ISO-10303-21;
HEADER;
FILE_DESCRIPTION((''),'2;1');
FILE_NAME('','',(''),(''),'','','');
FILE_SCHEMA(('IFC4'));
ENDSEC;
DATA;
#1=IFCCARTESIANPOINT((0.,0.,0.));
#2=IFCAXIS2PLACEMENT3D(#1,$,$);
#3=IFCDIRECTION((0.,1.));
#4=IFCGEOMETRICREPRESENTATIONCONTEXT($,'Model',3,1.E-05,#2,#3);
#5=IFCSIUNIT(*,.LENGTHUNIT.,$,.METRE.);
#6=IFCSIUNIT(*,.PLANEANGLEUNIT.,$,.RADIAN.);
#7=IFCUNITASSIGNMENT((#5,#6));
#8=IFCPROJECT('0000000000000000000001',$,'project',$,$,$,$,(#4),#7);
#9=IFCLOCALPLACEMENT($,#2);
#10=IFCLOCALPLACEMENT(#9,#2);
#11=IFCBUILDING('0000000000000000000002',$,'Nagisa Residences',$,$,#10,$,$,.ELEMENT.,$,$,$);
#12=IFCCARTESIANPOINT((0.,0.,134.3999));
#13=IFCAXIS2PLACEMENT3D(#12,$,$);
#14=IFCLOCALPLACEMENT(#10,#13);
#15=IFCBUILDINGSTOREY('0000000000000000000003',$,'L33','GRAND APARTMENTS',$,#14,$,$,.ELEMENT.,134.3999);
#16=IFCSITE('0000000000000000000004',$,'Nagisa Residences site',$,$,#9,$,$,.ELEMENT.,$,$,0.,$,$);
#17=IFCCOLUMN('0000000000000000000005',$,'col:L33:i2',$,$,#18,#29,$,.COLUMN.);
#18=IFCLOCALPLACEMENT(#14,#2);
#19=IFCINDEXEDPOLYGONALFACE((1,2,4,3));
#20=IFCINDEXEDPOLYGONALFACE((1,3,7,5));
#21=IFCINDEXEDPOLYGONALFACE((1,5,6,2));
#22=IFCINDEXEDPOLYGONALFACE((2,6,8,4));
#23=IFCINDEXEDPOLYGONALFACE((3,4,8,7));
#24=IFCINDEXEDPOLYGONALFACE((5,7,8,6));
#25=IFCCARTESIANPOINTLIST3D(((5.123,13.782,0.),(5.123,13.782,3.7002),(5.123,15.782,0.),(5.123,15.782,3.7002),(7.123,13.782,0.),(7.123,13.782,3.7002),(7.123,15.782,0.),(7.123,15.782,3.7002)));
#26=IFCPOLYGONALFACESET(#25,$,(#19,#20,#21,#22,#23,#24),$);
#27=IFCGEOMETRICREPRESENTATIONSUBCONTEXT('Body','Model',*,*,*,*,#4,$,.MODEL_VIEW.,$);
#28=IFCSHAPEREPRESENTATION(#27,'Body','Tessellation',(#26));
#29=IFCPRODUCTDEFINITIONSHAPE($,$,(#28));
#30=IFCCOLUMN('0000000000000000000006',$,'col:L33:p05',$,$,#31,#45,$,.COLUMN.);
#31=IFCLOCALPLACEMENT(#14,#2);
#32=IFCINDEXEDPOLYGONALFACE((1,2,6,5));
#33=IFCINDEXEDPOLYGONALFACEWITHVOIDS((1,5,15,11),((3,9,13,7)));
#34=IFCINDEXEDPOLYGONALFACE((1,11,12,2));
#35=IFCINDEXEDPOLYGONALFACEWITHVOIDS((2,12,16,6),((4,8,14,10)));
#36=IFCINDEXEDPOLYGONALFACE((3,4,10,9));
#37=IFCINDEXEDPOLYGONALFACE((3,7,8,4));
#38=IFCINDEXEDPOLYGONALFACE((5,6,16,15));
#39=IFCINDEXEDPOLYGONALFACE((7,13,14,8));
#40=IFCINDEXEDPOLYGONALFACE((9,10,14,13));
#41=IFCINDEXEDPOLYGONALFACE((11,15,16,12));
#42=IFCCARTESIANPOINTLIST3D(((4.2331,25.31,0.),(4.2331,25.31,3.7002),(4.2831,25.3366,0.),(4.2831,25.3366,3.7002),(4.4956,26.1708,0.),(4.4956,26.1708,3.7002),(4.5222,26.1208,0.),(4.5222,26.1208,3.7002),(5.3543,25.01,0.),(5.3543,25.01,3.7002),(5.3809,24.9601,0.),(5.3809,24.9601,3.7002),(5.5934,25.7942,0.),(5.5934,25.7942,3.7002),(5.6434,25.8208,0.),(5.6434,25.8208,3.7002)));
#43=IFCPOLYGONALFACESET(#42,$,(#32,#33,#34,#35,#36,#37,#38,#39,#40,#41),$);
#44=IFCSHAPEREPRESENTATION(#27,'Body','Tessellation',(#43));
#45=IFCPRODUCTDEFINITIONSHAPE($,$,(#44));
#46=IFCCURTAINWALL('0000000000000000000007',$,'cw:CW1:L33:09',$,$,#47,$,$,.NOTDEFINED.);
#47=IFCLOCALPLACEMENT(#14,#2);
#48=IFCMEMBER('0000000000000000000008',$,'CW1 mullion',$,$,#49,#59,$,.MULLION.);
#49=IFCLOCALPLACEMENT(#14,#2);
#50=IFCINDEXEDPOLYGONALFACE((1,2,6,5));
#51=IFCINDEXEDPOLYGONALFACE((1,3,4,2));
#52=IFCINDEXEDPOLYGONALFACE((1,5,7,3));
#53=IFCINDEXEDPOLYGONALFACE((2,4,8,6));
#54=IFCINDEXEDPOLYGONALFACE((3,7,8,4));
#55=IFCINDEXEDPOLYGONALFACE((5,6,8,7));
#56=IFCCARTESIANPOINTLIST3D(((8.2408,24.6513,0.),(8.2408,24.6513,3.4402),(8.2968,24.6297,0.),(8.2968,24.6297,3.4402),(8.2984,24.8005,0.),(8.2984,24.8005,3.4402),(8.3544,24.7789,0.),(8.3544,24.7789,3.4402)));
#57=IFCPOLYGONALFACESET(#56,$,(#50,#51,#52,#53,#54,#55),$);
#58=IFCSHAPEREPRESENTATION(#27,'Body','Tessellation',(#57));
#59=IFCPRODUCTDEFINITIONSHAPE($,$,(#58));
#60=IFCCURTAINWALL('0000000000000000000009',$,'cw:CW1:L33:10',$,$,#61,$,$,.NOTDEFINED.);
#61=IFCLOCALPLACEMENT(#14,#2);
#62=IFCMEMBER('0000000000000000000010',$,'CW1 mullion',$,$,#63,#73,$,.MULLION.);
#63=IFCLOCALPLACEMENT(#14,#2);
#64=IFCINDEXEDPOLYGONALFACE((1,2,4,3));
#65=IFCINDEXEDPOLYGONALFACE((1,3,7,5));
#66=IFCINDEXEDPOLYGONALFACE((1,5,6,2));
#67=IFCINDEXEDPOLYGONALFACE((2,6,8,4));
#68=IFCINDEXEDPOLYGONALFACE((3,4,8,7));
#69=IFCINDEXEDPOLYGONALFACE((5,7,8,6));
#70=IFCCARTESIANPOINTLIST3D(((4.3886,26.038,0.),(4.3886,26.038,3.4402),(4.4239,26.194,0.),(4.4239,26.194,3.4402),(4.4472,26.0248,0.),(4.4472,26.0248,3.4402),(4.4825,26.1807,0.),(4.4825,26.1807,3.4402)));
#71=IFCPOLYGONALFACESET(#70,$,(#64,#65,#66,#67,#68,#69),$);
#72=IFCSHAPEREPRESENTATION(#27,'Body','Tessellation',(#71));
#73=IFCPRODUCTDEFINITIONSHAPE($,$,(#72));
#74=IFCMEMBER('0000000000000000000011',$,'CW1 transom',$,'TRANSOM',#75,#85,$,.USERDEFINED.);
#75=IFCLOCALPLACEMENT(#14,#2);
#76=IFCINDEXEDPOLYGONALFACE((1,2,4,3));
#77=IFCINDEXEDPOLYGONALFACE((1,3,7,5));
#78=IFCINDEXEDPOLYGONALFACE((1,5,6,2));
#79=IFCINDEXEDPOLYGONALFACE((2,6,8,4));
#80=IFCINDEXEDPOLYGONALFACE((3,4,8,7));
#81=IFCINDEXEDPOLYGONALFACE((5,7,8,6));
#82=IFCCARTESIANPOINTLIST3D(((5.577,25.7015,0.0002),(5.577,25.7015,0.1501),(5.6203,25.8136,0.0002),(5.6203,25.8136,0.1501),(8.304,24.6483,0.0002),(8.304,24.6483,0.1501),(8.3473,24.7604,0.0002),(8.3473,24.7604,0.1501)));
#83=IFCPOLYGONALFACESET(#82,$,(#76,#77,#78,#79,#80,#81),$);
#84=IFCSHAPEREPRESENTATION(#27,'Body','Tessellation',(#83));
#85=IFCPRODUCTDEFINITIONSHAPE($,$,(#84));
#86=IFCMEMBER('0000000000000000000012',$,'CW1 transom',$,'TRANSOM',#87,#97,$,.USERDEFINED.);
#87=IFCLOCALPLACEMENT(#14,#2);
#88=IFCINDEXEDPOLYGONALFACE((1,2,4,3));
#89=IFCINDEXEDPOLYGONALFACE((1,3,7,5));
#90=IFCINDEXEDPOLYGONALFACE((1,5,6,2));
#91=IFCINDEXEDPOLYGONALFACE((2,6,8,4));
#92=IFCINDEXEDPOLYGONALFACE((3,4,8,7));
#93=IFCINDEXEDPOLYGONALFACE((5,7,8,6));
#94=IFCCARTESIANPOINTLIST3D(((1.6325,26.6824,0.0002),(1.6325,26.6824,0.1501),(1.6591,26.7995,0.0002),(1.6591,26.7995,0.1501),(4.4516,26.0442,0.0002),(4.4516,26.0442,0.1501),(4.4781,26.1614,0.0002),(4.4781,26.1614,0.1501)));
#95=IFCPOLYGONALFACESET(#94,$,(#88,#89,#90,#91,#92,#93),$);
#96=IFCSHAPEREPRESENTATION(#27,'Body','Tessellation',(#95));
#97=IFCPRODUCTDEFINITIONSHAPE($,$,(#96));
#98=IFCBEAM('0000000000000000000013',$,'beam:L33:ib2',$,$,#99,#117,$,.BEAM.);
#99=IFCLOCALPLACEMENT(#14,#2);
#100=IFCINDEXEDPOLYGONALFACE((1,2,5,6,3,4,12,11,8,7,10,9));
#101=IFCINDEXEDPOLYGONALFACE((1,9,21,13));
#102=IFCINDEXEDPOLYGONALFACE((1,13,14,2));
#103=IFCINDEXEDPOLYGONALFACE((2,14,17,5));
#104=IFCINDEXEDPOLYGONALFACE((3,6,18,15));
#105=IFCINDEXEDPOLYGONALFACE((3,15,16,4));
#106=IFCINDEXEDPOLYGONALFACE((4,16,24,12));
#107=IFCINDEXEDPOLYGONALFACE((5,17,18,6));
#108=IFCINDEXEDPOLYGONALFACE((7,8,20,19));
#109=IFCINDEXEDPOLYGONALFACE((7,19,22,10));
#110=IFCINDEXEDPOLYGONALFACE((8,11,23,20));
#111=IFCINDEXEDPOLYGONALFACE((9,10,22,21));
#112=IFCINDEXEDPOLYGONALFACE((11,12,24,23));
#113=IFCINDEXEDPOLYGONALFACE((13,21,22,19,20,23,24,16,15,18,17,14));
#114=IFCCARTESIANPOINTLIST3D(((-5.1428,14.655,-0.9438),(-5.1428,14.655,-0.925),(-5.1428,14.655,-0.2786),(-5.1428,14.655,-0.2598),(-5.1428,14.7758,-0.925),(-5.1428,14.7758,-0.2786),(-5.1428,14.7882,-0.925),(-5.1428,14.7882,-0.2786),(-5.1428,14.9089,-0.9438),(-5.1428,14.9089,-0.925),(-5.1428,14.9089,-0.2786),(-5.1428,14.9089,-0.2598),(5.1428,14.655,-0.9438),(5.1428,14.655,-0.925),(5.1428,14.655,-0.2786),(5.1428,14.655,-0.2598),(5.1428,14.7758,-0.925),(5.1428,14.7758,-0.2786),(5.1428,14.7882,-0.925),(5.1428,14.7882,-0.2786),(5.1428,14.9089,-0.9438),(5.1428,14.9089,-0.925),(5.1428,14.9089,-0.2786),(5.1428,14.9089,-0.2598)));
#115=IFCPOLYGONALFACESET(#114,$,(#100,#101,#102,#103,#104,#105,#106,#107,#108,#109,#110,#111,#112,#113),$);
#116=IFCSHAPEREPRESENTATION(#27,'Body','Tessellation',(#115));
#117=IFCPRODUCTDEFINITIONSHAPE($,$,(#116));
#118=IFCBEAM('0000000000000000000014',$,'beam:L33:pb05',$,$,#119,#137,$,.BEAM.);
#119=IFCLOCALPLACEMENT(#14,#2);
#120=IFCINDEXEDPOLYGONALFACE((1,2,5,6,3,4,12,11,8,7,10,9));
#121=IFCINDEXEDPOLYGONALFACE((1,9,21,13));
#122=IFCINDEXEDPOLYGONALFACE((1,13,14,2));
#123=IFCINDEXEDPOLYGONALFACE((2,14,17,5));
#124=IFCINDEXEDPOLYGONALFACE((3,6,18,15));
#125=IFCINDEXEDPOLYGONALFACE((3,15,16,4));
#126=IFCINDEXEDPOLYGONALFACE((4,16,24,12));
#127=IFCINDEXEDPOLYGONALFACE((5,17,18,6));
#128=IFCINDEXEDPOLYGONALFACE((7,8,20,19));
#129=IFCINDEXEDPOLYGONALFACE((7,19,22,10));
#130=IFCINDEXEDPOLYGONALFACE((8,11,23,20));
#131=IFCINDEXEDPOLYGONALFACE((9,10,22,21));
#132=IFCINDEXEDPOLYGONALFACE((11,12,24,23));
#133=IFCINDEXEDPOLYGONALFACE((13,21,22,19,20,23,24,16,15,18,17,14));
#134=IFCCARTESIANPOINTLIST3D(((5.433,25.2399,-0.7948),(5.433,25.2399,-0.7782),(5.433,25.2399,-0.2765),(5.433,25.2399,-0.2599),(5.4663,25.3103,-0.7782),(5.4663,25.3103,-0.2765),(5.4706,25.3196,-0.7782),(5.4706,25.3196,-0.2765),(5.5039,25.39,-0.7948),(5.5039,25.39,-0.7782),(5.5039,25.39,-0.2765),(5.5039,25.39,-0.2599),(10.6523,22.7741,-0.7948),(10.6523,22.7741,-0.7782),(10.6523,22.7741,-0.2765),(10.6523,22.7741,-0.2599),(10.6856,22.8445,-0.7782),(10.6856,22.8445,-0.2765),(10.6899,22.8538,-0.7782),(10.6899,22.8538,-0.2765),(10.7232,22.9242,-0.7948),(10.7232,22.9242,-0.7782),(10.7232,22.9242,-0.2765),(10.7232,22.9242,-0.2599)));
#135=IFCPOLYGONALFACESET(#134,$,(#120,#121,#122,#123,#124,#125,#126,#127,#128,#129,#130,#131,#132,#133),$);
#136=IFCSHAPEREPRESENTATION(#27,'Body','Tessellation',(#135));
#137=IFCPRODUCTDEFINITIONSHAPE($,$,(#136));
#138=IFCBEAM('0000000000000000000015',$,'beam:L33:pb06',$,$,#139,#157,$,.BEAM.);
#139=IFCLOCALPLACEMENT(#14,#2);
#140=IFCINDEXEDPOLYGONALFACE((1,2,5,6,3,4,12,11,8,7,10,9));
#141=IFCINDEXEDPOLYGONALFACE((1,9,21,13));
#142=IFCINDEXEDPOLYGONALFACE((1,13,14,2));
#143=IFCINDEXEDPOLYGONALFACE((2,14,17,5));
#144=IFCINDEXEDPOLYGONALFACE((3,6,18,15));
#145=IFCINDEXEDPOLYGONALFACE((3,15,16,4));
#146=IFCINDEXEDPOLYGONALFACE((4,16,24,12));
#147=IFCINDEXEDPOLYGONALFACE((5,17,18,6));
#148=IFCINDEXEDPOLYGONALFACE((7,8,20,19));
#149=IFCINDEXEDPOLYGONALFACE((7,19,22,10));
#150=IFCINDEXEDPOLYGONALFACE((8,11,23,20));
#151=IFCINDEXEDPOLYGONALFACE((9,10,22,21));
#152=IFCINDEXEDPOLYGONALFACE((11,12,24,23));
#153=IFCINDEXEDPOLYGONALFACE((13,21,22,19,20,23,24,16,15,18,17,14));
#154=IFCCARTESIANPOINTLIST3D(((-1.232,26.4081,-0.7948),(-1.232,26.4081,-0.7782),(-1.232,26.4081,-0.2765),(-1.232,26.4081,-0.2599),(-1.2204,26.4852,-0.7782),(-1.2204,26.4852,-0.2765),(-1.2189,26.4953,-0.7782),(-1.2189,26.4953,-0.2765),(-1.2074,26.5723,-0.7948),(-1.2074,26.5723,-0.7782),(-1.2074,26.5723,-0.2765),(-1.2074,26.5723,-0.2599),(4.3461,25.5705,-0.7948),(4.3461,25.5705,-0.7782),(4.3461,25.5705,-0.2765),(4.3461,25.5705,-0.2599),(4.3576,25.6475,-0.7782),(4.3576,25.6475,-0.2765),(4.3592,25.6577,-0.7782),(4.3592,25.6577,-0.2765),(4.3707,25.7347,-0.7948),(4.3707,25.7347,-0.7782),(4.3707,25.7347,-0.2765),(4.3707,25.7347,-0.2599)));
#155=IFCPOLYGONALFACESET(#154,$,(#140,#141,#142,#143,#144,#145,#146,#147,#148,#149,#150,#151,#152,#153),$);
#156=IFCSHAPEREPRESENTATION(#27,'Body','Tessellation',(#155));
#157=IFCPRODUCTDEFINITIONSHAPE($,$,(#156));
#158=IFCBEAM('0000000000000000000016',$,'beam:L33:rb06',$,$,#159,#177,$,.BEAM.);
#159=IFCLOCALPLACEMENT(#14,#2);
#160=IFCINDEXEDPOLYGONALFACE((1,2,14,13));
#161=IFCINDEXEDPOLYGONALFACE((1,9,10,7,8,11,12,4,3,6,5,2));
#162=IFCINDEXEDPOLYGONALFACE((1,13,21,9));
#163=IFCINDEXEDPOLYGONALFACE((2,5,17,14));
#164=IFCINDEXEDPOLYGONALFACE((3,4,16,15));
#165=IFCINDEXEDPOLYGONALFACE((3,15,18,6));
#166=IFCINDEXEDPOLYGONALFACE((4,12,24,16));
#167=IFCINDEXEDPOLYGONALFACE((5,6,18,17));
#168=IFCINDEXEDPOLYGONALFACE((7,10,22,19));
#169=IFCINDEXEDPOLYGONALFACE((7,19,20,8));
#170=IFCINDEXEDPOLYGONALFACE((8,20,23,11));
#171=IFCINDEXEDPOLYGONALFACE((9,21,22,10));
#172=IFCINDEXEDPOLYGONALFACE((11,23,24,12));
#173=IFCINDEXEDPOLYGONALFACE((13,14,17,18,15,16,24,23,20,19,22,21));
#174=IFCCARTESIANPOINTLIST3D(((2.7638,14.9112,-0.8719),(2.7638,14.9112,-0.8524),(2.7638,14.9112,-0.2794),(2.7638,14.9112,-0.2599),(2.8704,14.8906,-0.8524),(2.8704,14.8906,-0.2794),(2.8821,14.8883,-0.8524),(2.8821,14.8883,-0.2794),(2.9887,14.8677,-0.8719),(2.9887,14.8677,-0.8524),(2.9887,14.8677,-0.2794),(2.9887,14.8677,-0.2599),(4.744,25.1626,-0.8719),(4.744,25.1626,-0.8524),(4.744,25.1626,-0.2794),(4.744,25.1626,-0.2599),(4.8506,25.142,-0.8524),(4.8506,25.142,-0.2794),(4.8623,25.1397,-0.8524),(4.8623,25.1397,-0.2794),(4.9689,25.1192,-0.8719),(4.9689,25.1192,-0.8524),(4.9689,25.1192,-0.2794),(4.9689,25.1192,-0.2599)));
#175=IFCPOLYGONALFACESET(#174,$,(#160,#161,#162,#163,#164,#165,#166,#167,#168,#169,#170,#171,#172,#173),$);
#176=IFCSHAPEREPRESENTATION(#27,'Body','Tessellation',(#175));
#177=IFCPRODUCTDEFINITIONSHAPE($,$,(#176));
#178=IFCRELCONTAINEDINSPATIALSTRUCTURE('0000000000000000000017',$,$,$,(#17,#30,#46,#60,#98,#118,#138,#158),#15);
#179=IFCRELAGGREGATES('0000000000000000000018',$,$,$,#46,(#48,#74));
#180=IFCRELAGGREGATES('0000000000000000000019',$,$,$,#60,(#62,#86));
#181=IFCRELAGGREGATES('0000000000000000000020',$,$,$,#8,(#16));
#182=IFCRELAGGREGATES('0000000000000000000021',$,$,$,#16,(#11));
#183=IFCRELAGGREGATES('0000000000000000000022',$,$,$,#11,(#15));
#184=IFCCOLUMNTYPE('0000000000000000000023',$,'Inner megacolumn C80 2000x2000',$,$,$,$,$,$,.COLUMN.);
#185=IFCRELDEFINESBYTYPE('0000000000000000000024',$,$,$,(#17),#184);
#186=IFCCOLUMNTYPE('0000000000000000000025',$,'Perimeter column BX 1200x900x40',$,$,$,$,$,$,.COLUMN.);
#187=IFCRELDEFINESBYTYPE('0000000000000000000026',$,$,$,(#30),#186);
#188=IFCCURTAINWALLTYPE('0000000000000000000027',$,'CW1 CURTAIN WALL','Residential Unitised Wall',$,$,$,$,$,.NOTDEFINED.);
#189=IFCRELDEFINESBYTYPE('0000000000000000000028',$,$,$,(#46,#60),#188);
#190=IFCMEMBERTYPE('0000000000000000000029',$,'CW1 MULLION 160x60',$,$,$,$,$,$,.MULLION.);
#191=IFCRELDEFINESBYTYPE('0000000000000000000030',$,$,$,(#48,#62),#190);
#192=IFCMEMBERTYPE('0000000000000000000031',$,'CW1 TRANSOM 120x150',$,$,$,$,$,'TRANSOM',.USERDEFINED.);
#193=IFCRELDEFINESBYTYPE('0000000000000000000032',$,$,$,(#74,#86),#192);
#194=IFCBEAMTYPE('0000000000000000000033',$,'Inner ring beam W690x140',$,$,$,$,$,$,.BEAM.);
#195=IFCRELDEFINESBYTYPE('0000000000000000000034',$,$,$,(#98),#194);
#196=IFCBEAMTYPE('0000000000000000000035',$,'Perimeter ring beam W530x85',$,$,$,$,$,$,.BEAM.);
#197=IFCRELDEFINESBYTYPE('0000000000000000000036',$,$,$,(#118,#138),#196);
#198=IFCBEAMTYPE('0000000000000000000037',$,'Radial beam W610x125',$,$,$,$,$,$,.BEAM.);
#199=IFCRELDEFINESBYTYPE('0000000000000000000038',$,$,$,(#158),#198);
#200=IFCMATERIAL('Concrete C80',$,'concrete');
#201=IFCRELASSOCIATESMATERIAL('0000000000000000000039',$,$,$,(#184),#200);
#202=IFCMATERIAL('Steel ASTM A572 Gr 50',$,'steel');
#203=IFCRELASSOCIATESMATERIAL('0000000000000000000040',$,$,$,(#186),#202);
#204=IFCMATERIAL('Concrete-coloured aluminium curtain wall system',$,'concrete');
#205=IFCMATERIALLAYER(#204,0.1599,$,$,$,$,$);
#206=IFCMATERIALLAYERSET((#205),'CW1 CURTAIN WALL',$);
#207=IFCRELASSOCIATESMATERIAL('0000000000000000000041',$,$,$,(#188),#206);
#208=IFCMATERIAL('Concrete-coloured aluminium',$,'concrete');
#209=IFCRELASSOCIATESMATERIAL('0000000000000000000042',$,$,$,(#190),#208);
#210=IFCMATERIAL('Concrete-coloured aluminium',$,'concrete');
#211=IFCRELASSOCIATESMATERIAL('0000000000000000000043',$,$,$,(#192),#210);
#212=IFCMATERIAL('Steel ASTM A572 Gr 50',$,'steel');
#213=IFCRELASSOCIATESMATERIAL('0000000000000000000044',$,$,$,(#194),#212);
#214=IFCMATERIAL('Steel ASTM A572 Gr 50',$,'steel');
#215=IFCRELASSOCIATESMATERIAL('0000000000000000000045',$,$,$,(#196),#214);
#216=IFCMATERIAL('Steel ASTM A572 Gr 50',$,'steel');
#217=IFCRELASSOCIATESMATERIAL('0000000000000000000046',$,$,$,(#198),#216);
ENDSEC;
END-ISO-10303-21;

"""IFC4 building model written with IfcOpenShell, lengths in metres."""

from ifc_helpers import new_model, si_unit, direction, frame, origin, origin_2d, place, context, subcontext, project, spatial, rectangle, hollow_rectangle, i_section, extrude, material, layer, layer_set, material_profile, profile_set, type_object, element, aggregate, save


model = new_model("IFC4")

# Units and contexts
model_context = context("Model", 3, precision=1e-05, world=origin(), true_north=direction((0.0, 1.0)))
body_context = subcontext(model_context, "Body", "Model", "MODEL_VIEW")
ifc_project = project(units=[si_unit("LENGTHUNIT", "METRE"), si_unit("PLANEANGLEUNIT", "RADIAN")], contexts=[model_context])

# Site, building, storey
site_placement = place(None, origin())
site = spatial("IfcSite", under=ifc_project, at=site_placement, Name="Nagisa Residences site", CompositionType="ELEMENT", RefElevation=0.0)
building_placement = place(site_placement, origin())
building = spatial("IfcBuilding", under=site, at=building_placement, Name="Nagisa Residences", CompositionType="ELEMENT")
storey_placement = place(building_placement, frame((0.0, 0.0, 134.3999)))
storey = spatial("IfcBuildingStorey", under=building, at=storey_placement, Name="L33", Description="GRAND APARTMENTS", CompositionType="ELEMENT", Elevation=134.3999)

# Columns
ifc_material_1 = material(Name="Concrete C80", Category="concrete")
ifc_material_profile_1 = material_profile(ifc_material_1, rectangle(XDim=2.0, YDim=2.0, at=origin_2d()), Name="C80 2000x2000")
ifc_profile_set_1 = profile_set([ifc_material_profile_1], Name="Concrete C80")
column_type_1 = type_object("IfcColumnType", Name="Inner megacolumn C80 2000x2000", PredefinedType="COLUMN", material=ifc_profile_set_1)
column_1_placement = place(storey_placement, frame((6.123, 14.782, 0.0), z_axis=(0.0, 0.0, 1.0), x_axis=(1.0, 0.0, 0.0)))
element("IfcColumn", 1, at=column_1_placement, inside=storey, type_object=column_type_1, Name="col:L33:i2", PredefinedType="COLUMN", context=body_context, shape_type="SweptSolid", body=[
    extrude(rectangle(XDim=2.0, YDim=2.0, at=origin_2d()), origin(), (0.0, 0.0, 1.0), 3.7002),
])
ifc_material_2 = material(Name="Steel ASTM A572 Gr 50", Category="steel")
ifc_material_profile_2 = material_profile(ifc_material_2, hollow_rectangle(XDim=1.2, YDim=0.8999, WallThickness=0.04, at=origin_2d()), Name="BX 1200x900x40")
ifc_profile_set_2 = profile_set([ifc_material_profile_2], Name="Steel ASTM A572 Gr 50")
column_type_2 = type_object("IfcColumnType", Name="Perimeter column BX 1200x900x40", PredefinedType="COLUMN", material=ifc_profile_set_2)
column_2_placement = place(storey_placement, frame((4.9382, 25.5654, 0.0), z_axis=(0.0, 0.0, 1.0), x_axis=(-0.956525, 0.291652, 0.0)))
element("IfcColumn", 2, at=column_2_placement, inside=storey, type_object=column_type_2, Name="col:L33:p05", PredefinedType="COLUMN", context=body_context, shape_type="SweptSolid", body=[
    extrude(hollow_rectangle(XDim=1.2, YDim=0.8999, WallThickness=0.04, at=origin_2d()), origin(), (0.0, 0.0, 1.0), 3.7002),
])

# Curtain walls, members
ifc_material_3 = material(Name="Concrete-coloured aluminium curtain wall system", Category="concrete")
ifc_layer_1 = layer(ifc_material_3, 0.1599)
ifc_layer_set_1 = layer_set([ifc_layer_1], Name="CW1 CURTAIN WALL")
curtain_wall_type = type_object("IfcCurtainWallType", Name="CW1 CURTAIN WALL", Description="Residential Unitised Wall", PredefinedType="NOTDEFINED", material=ifc_layer_set_1)
curtain_wall_1_placement = place(storey_placement, origin())
curtain_wall_1 = element("IfcCurtainWall", 3, at=curtain_wall_1_placement, inside=storey, type_object=curtain_wall_type, Name="cw:CW1:L33:09", PredefinedType="NOTDEFINED")
ifc_material_4 = material(Name="Concrete-coloured aluminium", Category="concrete")
ifc_material_profile_3 = material_profile(ifc_material_4, rectangle(XDim=0.1599, YDim=0.0601, at=origin_2d()), Name="CW1 MULLION 160x60")
ifc_profile_set_3 = profile_set([ifc_material_profile_3], Name="Concrete-coloured aluminium")
member_type_1 = type_object("IfcMemberType", Name="CW1 MULLION 160x60", PredefinedType="MULLION", material=ifc_profile_set_3)
member_1_placement = place(storey_placement, frame((8.2976, 24.7151, 0.0), z_axis=(0.0, 0.0, 1.0), x_axis=(-0.360328, -0.932826, 0.0)))
member_1 = element("IfcMember", 4, at=member_1_placement, type_object=member_type_1, Name="CW1 mullion", PredefinedType="MULLION", context=body_context, shape_type="SweptSolid", body=[
    extrude(rectangle(XDim=0.1599, YDim=0.0601, at=origin_2d()), origin(), (0.0, 0.0, 1.0), 3.4402),
])
curtain_wall_2_placement = place(storey_placement, origin())
curtain_wall_2 = element("IfcCurtainWall", 5, at=curtain_wall_2_placement, inside=storey, type_object=curtain_wall_type, Name="cw:CW1:L33:10", PredefinedType="NOTDEFINED")
member_2_placement = place(storey_placement, frame((4.4355, 26.1094, 0.0), z_axis=(0.0, 0.0, 1.0), x_axis=(-0.220764, -0.975327, 0.0)))
member_2 = element("IfcMember", 6, at=member_2_placement, type_object=member_type_1, Name="CW1 mullion", PredefinedType="MULLION", context=body_context, shape_type="SweptSolid", body=[
    extrude(rectangle(XDim=0.1599, YDim=0.0601, at=origin_2d()), origin(), (0.0, 0.0, 1.0), 3.4402),
])

# Members
ifc_material_5 = material(Name="Concrete-coloured aluminium", Category="concrete")
ifc_material_profile_4 = material_profile(ifc_material_5, rectangle(XDim=0.1201, YDim=0.1499, at=origin_2d()), Name="CW1 TRANSOM 120x150")
ifc_profile_set_4 = profile_set([ifc_material_profile_4], Name="Concrete-coloured aluminium")
member_type_2 = type_object("IfcMemberType", Name="CW1 TRANSOM 120x150", ElementType="TRANSOM", PredefinedType="USERDEFINED", material=ifc_profile_set_4)
member_3_placement = place(storey_placement, frame((8.3257, 24.7043, 0.0752), z_axis=(-0.932845, 0.360277, 0.0), x_axis=(-0.360277, -0.932845, 0.0)))
member_3 = element("IfcMember", 7, at=member_3_placement, type_object=member_type_2, Name="CW1 transom", ObjectType="TRANSOM", PredefinedType="USERDEFINED", context=body_context, shape_type="SweptSolid", body=[
    extrude(rectangle(XDim=0.1201, YDim=0.1499, at=origin_2d()), origin(), (0.0, 0.0, 1.0), 2.9233),
])
member_4_placement = place(storey_placement, frame((4.4648, 26.1028, 0.0752), z_axis=(-0.975321, 0.220792, 0.0), x_axis=(-0.220792, -0.975321, 0.0)))
member_4 = element("IfcMember", 8, at=member_4_placement, type_object=member_type_2, Name="CW1 transom", ObjectType="TRANSOM", PredefinedType="USERDEFINED", context=body_context, shape_type="SweptSolid", body=[
    extrude(rectangle(XDim=0.1201, YDim=0.1499, at=origin_2d()), origin(), (0.0, 0.0, 1.0), 2.8904),
])

# Beams
ifc_material_6 = material(Name="Steel ASTM A572 Gr 50", Category="steel")
ifc_material_profile_5 = material_profile(ifc_material_6, i_section(OverallWidth=0.2539, OverallDepth=0.6841, WebThickness=0.0125, FlangeThickness=0.0188, at=origin_2d()), Name="W690x140")
ifc_profile_set_5 = profile_set([ifc_material_profile_5], Name="Steel ASTM A572 Gr 50")
beam_type_1 = type_object("IfcBeamType", Name="Inner ring beam W690x140", PredefinedType="BEAM", material=ifc_profile_set_5)
beam_1_placement = place(storey_placement, frame((5.1428, 14.782, -0.6018), z_axis=(-1.0, 0.0, 0.0), x_axis=(0.0, -1.0, 0.0)))
element("IfcBeam", 9, at=beam_1_placement, inside=storey, type_object=beam_type_1, Name="beam:L33:ib2", PredefinedType="BEAM", context=body_context, shape_type="SweptSolid", body=[
    extrude(i_section(OverallWidth=0.2539, OverallDepth=0.6841, WebThickness=0.0125, FlangeThickness=0.0188, at=origin_2d()), origin(), (0.0, 0.0, 1.0), 10.2856),
])
ifc_material_7 = material(Name="Steel ASTM A572 Gr 50", Category="steel")
ifc_material_profile_6 = material_profile(ifc_material_7, i_section(OverallWidth=0.166, OverallDepth=0.5349, WebThickness=0.0103, FlangeThickness=0.0166, at=origin_2d()), Name="W530x85")
ifc_profile_set_6 = profile_set([ifc_material_profile_6], Name="Steel ASTM A572 Gr 50")
beam_type_2 = type_object("IfcBeamType", Name="Perimeter ring beam W530x85", PredefinedType="BEAM", material=ifc_profile_set_6)
beam_2_placement = place(storey_placement, frame((10.6877, 22.8491, -0.5273), z_axis=(-0.90417, 0.427173, 0.0), x_axis=(-0.427173, -0.90417, 0.0)))
element("IfcBeam", 10, at=beam_2_placement, inside=storey, type_object=beam_type_2, Name="beam:L33:pb05", PredefinedType="BEAM", context=body_context, shape_type="SweptSolid", body=[
    extrude(i_section(OverallWidth=0.166, OverallDepth=0.5349, WebThickness=0.0103, FlangeThickness=0.0166, at=origin_2d()), origin(), (0.0, 0.0, 1.0), 5.7725),
])
beam_3_placement = place(storey_placement, frame((4.3584, 25.6526, -0.5273), z_axis=(-0.988912, 0.148501, 0.0), x_axis=(-0.148501, -0.988912, 0.0)))
element("IfcBeam", 11, at=beam_3_placement, inside=storey, type_object=beam_type_2, Name="beam:L33:pb06", PredefinedType="BEAM", context=body_context, shape_type="SweptSolid", body=[
    extrude(i_section(OverallWidth=0.166, OverallDepth=0.5349, WebThickness=0.0103, FlangeThickness=0.0166, at=origin_2d()), origin(), (0.0, 0.0, 1.0), 5.6406),
])
ifc_material_8 = material(Name="Steel ASTM A572 Gr 50", Category="steel")
ifc_material_profile_7 = material_profile(ifc_material_8, i_section(OverallWidth=0.229, OverallDepth=0.6121, WebThickness=0.012, FlangeThickness=0.0195, at=origin_2d()), Name="W610x125")
ifc_profile_set_7 = profile_set([ifc_material_profile_7], Name="Steel ASTM A572 Gr 50")
beam_type_3 = type_object("IfcBeamType", Name="Radial beam W610x125", PredefinedType="BEAM", material=ifc_profile_set_7)
beam_4_placement = place(storey_placement, frame((4.8564, 25.1409, -0.5659), z_axis=(-0.189659, -0.98185, 0.0), x_axis=(0.98185, -0.189659, 0.0)))
element("IfcBeam", 12, at=beam_4_placement, inside=storey, type_object=beam_type_3, Name="beam:L33:rb06", PredefinedType="BEAM", context=body_context, shape_type="SweptSolid", body=[
    extrude(i_section(OverallWidth=0.229, OverallDepth=0.6121, WebThickness=0.012, FlangeThickness=0.0195, at=origin_2d()), origin(), (0.0, 0.0, 1.0), 10.4409),
])

aggregate(curtain_wall_1, [member_1, member_3])
aggregate(curtain_wall_2, [member_2, member_4])

save(model, "model.ifc")
